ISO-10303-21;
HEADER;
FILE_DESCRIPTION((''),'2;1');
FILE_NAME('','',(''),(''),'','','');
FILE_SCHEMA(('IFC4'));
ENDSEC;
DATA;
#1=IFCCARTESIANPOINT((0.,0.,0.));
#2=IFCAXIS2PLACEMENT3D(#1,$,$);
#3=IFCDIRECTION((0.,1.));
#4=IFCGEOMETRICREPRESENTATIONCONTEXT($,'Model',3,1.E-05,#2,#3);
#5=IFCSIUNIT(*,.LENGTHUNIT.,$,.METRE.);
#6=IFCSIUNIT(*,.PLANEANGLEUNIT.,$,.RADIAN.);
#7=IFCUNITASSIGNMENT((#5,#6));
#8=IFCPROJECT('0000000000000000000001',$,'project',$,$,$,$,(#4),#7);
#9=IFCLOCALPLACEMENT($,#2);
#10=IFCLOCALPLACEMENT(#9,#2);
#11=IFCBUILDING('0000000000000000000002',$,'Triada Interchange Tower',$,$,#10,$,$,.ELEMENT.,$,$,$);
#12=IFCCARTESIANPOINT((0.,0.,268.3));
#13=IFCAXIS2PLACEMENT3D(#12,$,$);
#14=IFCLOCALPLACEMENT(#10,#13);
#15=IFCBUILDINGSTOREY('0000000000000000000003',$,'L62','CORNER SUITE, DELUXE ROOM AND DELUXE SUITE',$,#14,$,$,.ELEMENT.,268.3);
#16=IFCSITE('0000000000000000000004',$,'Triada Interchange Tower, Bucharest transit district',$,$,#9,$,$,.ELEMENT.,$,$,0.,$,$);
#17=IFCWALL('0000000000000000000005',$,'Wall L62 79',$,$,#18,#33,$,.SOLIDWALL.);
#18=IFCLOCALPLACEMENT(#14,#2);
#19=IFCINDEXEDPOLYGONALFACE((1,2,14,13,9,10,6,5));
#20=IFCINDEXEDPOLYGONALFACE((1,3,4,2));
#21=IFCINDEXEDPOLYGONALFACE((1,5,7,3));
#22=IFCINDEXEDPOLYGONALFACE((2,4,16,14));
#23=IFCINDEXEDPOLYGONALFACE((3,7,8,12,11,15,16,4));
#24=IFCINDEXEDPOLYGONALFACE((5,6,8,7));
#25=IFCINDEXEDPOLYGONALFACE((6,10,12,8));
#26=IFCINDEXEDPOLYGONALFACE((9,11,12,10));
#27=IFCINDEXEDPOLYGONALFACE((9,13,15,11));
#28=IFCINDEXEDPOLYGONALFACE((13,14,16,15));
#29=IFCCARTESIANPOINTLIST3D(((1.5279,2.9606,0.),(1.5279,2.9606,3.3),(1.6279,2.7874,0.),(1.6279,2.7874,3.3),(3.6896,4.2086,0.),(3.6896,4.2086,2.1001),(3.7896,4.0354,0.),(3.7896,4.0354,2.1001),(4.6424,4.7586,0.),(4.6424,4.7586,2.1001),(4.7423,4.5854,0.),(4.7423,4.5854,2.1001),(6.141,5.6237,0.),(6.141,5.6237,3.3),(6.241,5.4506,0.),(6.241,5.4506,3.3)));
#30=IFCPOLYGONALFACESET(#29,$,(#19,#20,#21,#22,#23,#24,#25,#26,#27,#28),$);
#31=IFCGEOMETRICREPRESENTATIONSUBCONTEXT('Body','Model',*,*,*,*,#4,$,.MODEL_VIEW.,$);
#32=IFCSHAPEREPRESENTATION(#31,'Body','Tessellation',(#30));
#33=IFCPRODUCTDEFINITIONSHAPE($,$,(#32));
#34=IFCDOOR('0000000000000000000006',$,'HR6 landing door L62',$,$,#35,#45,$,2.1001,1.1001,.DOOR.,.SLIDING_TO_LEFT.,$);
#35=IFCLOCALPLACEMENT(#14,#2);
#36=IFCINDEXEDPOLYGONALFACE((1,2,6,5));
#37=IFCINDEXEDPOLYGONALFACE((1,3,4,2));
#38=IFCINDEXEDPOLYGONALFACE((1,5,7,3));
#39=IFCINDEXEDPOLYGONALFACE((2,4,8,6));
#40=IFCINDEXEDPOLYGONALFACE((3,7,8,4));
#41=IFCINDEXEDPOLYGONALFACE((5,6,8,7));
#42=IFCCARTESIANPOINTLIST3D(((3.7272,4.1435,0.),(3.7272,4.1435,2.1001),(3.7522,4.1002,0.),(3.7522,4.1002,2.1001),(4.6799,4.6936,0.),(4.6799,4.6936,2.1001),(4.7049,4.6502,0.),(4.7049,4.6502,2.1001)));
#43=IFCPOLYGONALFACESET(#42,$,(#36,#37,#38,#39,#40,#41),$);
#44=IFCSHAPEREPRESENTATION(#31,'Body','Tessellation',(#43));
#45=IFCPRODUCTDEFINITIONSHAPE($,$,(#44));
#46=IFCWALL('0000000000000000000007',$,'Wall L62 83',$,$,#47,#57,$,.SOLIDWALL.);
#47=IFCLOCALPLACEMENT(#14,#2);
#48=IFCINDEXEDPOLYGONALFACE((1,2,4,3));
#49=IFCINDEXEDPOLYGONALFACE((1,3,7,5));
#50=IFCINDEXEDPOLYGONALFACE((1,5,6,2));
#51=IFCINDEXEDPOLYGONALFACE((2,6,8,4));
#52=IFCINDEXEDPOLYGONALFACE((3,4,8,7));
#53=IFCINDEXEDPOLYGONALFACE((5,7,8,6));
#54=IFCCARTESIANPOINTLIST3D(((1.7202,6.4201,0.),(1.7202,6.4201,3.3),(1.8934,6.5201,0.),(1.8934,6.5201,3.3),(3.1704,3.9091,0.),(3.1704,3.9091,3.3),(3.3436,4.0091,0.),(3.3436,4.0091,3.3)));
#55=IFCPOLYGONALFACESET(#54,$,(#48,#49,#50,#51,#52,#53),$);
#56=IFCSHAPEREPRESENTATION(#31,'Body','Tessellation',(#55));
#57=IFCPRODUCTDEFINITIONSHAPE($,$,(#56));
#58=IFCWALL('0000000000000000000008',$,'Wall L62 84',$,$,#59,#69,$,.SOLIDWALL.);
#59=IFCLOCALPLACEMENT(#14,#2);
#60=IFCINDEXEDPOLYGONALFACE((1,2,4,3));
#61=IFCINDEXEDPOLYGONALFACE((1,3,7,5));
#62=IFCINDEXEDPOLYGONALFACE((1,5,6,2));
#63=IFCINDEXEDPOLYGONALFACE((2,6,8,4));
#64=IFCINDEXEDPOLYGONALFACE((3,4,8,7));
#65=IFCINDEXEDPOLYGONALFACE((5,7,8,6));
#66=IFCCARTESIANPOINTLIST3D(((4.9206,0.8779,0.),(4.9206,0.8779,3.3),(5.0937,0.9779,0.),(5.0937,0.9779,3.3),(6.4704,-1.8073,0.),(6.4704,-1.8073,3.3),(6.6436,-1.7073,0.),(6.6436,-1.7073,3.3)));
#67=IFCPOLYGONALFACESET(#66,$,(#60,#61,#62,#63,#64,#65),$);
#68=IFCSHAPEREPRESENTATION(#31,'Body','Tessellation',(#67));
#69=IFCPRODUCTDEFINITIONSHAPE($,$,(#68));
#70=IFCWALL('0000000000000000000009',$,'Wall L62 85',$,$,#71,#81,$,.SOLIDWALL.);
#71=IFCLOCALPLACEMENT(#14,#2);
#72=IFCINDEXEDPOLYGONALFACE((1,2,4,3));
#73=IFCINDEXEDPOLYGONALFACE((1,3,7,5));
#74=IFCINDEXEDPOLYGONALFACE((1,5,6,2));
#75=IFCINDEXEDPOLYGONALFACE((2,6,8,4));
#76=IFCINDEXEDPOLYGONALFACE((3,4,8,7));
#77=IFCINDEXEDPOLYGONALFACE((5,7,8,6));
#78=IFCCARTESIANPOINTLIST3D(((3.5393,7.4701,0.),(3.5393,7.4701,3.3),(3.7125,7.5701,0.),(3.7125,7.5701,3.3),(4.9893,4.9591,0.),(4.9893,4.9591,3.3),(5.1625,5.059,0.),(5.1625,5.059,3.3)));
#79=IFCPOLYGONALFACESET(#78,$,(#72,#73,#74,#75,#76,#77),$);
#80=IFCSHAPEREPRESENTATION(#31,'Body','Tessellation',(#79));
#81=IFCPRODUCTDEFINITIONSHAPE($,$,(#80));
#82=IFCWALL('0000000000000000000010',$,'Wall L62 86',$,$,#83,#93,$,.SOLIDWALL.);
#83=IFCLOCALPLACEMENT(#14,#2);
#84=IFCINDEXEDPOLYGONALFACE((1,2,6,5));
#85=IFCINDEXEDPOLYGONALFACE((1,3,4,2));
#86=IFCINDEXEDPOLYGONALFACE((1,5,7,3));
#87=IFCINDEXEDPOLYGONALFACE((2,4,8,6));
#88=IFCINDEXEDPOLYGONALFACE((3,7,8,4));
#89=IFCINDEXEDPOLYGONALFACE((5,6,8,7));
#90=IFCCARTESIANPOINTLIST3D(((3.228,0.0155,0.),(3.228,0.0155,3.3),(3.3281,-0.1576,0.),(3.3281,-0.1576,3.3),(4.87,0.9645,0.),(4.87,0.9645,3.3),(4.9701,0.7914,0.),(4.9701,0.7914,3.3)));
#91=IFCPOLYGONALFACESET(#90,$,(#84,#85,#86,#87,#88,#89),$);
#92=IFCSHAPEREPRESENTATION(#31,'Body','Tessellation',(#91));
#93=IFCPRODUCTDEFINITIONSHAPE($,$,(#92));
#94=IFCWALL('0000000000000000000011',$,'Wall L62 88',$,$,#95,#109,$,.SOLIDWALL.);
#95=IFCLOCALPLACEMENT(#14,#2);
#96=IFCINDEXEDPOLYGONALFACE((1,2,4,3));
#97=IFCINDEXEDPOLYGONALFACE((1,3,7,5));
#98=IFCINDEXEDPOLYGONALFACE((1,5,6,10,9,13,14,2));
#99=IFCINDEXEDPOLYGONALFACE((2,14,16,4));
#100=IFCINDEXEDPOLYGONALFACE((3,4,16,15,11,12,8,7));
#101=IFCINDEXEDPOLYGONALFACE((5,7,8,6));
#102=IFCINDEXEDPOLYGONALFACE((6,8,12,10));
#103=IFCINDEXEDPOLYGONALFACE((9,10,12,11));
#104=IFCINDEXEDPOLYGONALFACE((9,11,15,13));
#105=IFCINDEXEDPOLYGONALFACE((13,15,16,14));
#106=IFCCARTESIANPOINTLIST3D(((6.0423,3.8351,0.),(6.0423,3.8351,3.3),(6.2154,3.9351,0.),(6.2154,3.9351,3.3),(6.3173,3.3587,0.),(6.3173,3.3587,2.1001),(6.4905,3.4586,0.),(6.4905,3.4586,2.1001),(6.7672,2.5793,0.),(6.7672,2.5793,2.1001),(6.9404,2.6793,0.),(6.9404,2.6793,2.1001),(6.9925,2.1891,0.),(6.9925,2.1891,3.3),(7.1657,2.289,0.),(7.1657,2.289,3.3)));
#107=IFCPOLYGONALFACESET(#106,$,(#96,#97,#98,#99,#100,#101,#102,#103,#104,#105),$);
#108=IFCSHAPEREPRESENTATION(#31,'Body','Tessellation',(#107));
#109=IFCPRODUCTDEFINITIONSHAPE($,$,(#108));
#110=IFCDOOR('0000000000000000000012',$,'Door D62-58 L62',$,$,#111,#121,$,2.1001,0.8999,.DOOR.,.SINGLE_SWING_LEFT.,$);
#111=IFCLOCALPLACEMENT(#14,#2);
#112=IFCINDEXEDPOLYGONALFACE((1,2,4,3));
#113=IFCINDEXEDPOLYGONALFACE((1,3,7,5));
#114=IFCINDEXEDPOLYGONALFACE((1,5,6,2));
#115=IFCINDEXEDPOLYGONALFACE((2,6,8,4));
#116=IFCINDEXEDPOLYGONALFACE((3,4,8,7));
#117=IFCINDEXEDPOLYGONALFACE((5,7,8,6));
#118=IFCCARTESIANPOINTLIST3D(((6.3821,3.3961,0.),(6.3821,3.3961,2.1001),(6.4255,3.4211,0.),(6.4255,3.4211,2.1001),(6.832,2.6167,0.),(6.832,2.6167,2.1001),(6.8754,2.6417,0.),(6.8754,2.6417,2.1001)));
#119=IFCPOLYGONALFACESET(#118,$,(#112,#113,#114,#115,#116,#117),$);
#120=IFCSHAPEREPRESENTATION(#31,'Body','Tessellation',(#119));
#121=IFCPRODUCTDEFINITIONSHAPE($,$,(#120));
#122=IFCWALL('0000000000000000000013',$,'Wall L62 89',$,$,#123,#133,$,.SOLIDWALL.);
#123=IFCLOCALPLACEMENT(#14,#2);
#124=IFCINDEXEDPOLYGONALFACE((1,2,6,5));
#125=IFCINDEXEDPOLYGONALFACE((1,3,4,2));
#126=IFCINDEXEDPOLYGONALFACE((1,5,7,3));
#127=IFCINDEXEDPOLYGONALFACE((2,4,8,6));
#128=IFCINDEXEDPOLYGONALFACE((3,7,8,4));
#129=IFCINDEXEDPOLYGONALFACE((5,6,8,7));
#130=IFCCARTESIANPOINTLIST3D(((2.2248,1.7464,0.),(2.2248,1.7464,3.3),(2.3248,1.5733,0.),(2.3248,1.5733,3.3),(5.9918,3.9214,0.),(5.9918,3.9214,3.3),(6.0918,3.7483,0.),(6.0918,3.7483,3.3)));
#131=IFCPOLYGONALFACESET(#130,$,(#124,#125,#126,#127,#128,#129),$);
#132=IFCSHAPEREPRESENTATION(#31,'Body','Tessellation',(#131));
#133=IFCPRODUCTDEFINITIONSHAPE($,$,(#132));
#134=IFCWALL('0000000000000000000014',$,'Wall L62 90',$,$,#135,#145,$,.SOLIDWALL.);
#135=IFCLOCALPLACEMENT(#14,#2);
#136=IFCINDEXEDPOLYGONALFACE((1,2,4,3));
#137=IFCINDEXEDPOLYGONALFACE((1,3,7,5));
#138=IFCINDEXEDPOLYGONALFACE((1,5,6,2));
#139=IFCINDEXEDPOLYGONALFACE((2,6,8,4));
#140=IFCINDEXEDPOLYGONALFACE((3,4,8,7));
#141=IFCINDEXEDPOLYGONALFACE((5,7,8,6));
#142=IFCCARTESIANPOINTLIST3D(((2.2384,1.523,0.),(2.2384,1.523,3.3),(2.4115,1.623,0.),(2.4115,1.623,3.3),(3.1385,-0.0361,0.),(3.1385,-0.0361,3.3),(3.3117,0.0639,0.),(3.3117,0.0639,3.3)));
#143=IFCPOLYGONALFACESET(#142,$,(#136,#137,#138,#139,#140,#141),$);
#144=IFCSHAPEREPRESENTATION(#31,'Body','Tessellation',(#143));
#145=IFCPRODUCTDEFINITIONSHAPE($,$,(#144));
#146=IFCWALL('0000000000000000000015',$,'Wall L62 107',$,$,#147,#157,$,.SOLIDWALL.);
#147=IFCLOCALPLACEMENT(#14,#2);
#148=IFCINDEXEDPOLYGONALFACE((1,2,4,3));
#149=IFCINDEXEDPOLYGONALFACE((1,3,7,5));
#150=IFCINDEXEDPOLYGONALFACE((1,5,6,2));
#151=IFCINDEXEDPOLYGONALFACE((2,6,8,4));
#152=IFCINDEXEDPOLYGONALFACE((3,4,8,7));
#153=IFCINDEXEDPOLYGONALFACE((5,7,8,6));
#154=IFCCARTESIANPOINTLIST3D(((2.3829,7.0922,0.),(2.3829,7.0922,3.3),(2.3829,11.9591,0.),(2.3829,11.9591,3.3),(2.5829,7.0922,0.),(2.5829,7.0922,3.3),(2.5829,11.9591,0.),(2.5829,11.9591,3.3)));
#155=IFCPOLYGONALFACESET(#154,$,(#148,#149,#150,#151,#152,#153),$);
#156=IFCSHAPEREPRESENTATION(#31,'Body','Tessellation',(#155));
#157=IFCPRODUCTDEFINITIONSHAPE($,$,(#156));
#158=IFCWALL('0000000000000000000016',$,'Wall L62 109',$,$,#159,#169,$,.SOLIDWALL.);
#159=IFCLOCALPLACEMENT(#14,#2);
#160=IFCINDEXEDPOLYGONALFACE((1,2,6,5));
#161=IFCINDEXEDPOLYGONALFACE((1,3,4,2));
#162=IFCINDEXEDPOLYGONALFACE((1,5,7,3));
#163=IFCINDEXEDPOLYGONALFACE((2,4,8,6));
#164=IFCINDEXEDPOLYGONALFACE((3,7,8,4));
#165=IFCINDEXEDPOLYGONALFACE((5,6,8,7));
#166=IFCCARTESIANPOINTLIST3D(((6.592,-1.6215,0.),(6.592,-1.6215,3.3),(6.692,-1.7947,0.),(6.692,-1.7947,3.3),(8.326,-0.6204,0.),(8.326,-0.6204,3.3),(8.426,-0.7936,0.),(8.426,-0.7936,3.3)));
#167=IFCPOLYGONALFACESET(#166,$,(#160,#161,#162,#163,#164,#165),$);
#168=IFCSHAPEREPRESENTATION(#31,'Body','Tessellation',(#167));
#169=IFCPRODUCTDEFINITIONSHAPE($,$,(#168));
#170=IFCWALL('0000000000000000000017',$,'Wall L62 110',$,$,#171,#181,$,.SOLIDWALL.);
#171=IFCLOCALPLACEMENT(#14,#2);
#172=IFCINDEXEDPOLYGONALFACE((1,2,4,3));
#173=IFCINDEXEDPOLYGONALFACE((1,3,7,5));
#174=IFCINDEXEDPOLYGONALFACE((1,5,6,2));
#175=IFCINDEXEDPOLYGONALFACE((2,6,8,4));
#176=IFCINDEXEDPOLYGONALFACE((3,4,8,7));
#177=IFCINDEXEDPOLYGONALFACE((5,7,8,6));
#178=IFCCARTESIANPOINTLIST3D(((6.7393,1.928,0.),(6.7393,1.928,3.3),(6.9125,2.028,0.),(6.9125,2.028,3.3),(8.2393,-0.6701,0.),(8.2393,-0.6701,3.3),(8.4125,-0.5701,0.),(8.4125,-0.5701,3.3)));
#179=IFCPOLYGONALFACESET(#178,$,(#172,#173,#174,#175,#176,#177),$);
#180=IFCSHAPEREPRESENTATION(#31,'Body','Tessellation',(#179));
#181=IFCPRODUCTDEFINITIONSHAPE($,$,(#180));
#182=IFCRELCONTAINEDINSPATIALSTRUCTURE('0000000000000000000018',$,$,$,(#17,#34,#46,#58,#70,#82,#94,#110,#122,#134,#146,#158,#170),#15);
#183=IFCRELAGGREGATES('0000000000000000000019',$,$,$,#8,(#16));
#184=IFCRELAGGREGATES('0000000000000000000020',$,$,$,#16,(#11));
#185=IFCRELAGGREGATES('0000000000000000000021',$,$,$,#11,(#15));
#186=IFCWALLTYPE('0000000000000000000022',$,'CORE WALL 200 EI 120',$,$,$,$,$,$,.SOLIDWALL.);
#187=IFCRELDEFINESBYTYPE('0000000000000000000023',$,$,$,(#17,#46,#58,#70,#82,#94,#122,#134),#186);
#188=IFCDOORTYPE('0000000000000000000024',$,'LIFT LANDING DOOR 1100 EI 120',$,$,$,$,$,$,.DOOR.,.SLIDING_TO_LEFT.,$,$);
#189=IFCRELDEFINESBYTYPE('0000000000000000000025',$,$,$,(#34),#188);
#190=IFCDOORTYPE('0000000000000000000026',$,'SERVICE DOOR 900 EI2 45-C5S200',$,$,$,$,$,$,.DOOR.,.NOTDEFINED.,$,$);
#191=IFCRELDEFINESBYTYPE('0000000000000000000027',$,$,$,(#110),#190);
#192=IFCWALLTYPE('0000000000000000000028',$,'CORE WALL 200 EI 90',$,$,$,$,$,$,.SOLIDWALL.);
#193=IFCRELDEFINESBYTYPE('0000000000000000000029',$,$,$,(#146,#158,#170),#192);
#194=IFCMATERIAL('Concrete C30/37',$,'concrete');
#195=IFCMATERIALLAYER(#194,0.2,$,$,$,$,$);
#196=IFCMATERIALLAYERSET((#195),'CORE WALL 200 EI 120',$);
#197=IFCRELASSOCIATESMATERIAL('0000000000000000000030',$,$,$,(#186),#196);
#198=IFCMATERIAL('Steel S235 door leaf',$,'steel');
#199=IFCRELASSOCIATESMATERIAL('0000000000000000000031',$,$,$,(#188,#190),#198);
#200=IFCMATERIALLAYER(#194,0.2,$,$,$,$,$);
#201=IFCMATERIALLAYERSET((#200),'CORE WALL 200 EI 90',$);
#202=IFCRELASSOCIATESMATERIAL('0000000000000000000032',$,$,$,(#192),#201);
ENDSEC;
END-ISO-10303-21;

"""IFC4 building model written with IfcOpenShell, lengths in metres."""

from ifc_helpers import new_model, si_unit, direction, frame, frame_2d, origin, place, context, subcontext, project, spatial, rectangle, extrude, material, layer, layer_set, type_object, element, fill, save


model = new_model("IFC4")

# Units and contexts
model_context = context("Model", 3, precision=1e-05, world=origin(), true_north=direction((0.0, 1.0)))
body_context = subcontext(model_context, "Body", "Model", "MODEL_VIEW")
ifc_project = project(units=[si_unit("LENGTHUNIT", "METRE"), si_unit("PLANEANGLEUNIT", "RADIAN")], contexts=[model_context])

# Site, building, storey
site_placement = place(None, origin())
site = spatial("IfcSite", under=ifc_project, at=site_placement, Name="Triada Interchange Tower, Bucharest transit district", CompositionType="ELEMENT", RefElevation=0.0)
building_placement = place(site_placement, origin())
building = spatial("IfcBuilding", under=site, at=building_placement, Name="Triada Interchange Tower", CompositionType="ELEMENT")
storey_placement = place(building_placement, frame((0.0, 0.0, 268.3)))
storey = spatial("IfcBuildingStorey", under=building, at=storey_placement, Name="L62", Description="CORNER SUITE, DELUXE ROOM AND DELUXE SUITE", CompositionType="ELEMENT", Elevation=268.3)

# Shared definitions
ifc_material_1 = material(Name="Concrete C30/37", Category="concrete")
ifc_layer_1 = layer(ifc_material_1, 0.2)
ifc_layer_set_1 = layer_set([ifc_layer_1], Name="CORE WALL 200 EI 120")
wall_type_1 = type_object("IfcWallType", Name="CORE WALL 200 EI 120", PredefinedType="SOLIDWALL", material=ifc_layer_set_1)
ifc_material_2 = material(Name="Steel S235 door leaf", Category="steel")
door_type_1 = type_object("IfcDoorType", Name="LIFT LANDING DOOR 1100 EI 120", OperationType="SLIDING_TO_LEFT", PredefinedType="DOOR", material=ifc_material_2)

# Wall, opening, door
wall_1_placement = place(storey_placement, frame((1.5779, 2.874, 0.0), z_axis=(0.0, 0.0, 1.0), x_axis=(0.866046, 0.499964, 0.0)))
wall_1 = element("IfcWall", 1, at=wall_1_placement, inside=storey, type_object=wall_type_1, Name="Wall L62 79", PredefinedType="SOLIDWALL", context=body_context, shape_type="SweptSolid", body=[
    extrude(rectangle(XDim=5.3267, YDim=0.2, at=frame_2d((2.6633, 0.0))), origin(), (0.0, 0.0, 1.0), 3.3),
])
opening_1_placement = place(wall_1_placement, frame((2.4961, 0.0, 0.0)))
opening_1 = element("IfcOpeningElement", 2, at=opening_1_placement, cuts=wall_1, PredefinedType="OPENING", context=body_context, shape_type="SweptSolid", body=[
    extrude(rectangle(XDim=1.1001, YDim=2.1001, at=frame_2d((0.55, 1.05))), frame((0.0, 0.1099, 0.0), z_axis=(0.0, -1.0, 0.0), x_axis=(1.0, 0.0, 0.0)), (0.0, 0.0, 1.0), 0.22),
])
door_1_placement = place(opening_1_placement, origin())
door_1 = element("IfcDoor", 3, at=door_1_placement, inside=storey, type_object=door_type_1, Name="HR6 landing door L62", OperationType="SLIDING_TO_LEFT", OverallHeight=2.1001, OverallWidth=1.1001, PredefinedType="DOOR", context=body_context, shape_type="SweptSolid", body=[
    extrude(rectangle(XDim=1.1001, YDim=2.1001, at=frame_2d((0.55, 1.05))), frame((0.0, 0.0249, 0.0), z_axis=(0.0, -1.0, 0.0), x_axis=(1.0, 0.0, 0.0)), (0.0, 0.0, 1.0), 0.05),
])
fill(opening_1, door_1)

# Walls
wall_2_placement = place(storey_placement, frame((1.8069, 6.47, 0.0), z_axis=(0.0, 0.0, 1.0), x_axis=(0.500123, -0.865954, 0.0)))
element("IfcWall", 4, at=wall_2_placement, inside=storey, type_object=wall_type_1, Name="Wall L62 83", PredefinedType="SOLIDWALL", context=body_context, shape_type="SweptSolid", body=[
    extrude(rectangle(XDim=2.8997, YDim=0.2, at=frame_2d((1.4497, 0.0))), origin(), (0.0, 0.0, 1.0), 3.3),
])
wall_3_placement = place(storey_placement, frame((5.0071, 0.928, 0.0), z_axis=(0.0, 0.0, 1.0), x_axis=(0.4999, -0.866083, 0.0)))
element("IfcWall", 5, at=wall_3_placement, inside=storey, type_object=wall_type_1, Name="Wall L62 84", PredefinedType="SOLIDWALL", context=body_context, shape_type="SweptSolid", body=[
    extrude(rectangle(XDim=3.1003, YDim=0.2, at=frame_2d((1.5503, 0.0))), origin(), (0.0, 0.0, 1.0), 3.3),
])
wall_4_placement = place(storey_placement, frame((3.626, 7.52, 0.0), z_axis=(0.0, 0.0, 1.0), x_axis=(0.50006, -0.865991, 0.0)))
element("IfcWall", 6, at=wall_4_placement, inside=storey, type_object=wall_type_1, Name="Wall L62 85", PredefinedType="SOLIDWALL", context=body_context, shape_type="SweptSolid", body=[
    extrude(rectangle(XDim=2.8997, YDim=0.2, at=frame_2d((1.4497, 0.0))), origin(), (0.0, 0.0, 1.0), 3.3),
])
wall_5_placement = place(storey_placement, frame((3.2781, -0.071, 0.0), z_axis=(0.0, 0.0, 1.0), x_axis=(0.865785, 0.500417, 0.0)))
element("IfcWall", 7, at=wall_5_placement, inside=storey, type_object=wall_type_1, Name="Wall L62 86", PredefinedType="SOLIDWALL", context=body_context, shape_type="SweptSolid", body=[
    extrude(rectangle(XDim=1.8965, YDim=0.2, at=frame_2d((0.9482, 0.0))), origin(), (0.0, 0.0, 1.0), 3.3),
])

# Wall, opening, door
wall_6_placement = place(storey_placement, frame((6.1289, 3.885, 0.0), z_axis=(0.0, 0.0, 1.0), x_axis=(0.499952, -0.866053, 0.0)))
wall_6 = element("IfcWall", 8, at=wall_6_placement, inside=storey, type_object=wall_type_1, Name="Wall L62 88", PredefinedType="SOLIDWALL", context=body_context, shape_type="SweptSolid", body=[
    extrude(rectangle(XDim=1.9006, YDim=0.2, at=frame_2d((0.9502, 0.0))), origin(), (0.0, 0.0, 1.0), 3.3),
])
opening_2_placement = place(wall_6_placement, frame((0.55, 0.0, 0.0)))
opening_2 = element("IfcOpeningElement", 9, at=opening_2_placement, cuts=wall_6, PredefinedType="OPENING", context=body_context, shape_type="SweptSolid", body=[
    extrude(rectangle(XDim=0.8999, YDim=2.1001, at=frame_2d((0.45, 1.05))), frame((0.0, 0.1099, 0.0), z_axis=(0.0, -1.0, 0.0), x_axis=(1.0, 0.0, 0.0)), (0.0, 0.0, 1.0), 0.22),
])
door_type_2 = type_object("IfcDoorType", Name="SERVICE DOOR 900 EI2 45-C5S200", OperationType="NOTDEFINED", PredefinedType="DOOR", material=ifc_material_2)
door_2_placement = place(opening_2_placement, origin())
door_2 = element("IfcDoor", 10, at=door_2_placement, inside=storey, type_object=door_type_2, Name="Door D62-58 L62", OperationType="SINGLE_SWING_LEFT", OverallHeight=2.1001, OverallWidth=0.8999, PredefinedType="DOOR", context=body_context, shape_type="SweptSolid", body=[
    extrude(rectangle(XDim=0.8999, YDim=2.1001, at=frame_2d((0.45, 1.05))), frame((0.0, 0.0249, 0.0), z_axis=(0.0, -1.0, 0.0), x_axis=(1.0, 0.0, 0.0)), (0.0, 0.0, 1.0), 0.05),
])
fill(opening_2, door_2)

# Walls
wall_7_placement = place(storey_placement, frame((2.2749, 1.6599, 0.0), z_axis=(0.0, 0.0, 1.0), x_axis=(0.866014, 0.50002, 0.0)))
element("IfcWall", 11, at=wall_7_placement, inside=storey, type_object=wall_type_1, Name="Wall L62 89", PredefinedType="SOLIDWALL", context=body_context, shape_type="SweptSolid", body=[
    extrude(rectangle(XDim=4.3499, YDim=0.2, at=frame_2d((2.1748, 0.0))), origin(), (0.0, 0.0, 1.0), 3.3),
])
wall_8_placement = place(storey_placement, frame((2.325, 1.573, 0.0), z_axis=(0.0, 0.0, 1.0), x_axis=(0.500004, -0.866023, 0.0)))
element("IfcWall", 12, at=wall_8_placement, inside=storey, type_object=wall_type_1, Name="Wall L62 90", PredefinedType="SOLIDWALL", context=body_context, shape_type="SweptSolid", body=[
    extrude(rectangle(XDim=1.8003, YDim=0.2, at=frame_2d((0.9001, 0.0))), origin(), (0.0, 0.0, 1.0), 3.3),
])
ifc_layer_2 = layer(ifc_material_1, 0.2)
ifc_layer_set_2 = layer_set([ifc_layer_2], Name="CORE WALL 200 EI 90")
wall_type_2 = type_object("IfcWallType", Name="CORE WALL 200 EI 90", PredefinedType="SOLIDWALL", material=ifc_layer_set_2)
wall_9_placement = place(storey_placement, frame((2.4829, 7.092, 0.0), z_axis=(0.0, 0.0, 1.0), x_axis=(0.0, 1.0, 0.0)))
element("IfcWall", 13, at=wall_9_placement, inside=storey, type_object=wall_type_2, Name="Wall L62 107", PredefinedType="SOLIDWALL", context=body_context, shape_type="SweptSolid", body=[
    extrude(rectangle(XDim=4.8669, YDim=0.2, at=frame_2d((2.4336, 0.0))), origin(), (0.0, 0.0, 1.0), 3.3),
])
wall_10_placement = place(storey_placement, frame((6.6421, -1.708, 0.0), z_axis=(0.0, 0.0, 1.0), x_axis=(0.866043, 0.499969, 0.0)))
element("IfcWall", 14, at=wall_10_placement, inside=storey, type_object=wall_type_2, Name="Wall L62 109", PredefinedType="SOLIDWALL", context=body_context, shape_type="SweptSolid", body=[
    extrude(rectangle(XDim=2.0022, YDim=0.2, at=frame_2d((1.001, 0.0))), origin(), (0.0, 0.0, 1.0), 3.3),
])
wall_11_placement = place(storey_placement, frame((6.8259, 1.978, 0.0), z_axis=(0.0, 0.0, 1.0), x_axis=(0.49999, -0.866031, 0.0)))
element("IfcWall", 15, at=wall_11_placement, inside=storey, type_object=wall_type_2, Name="Wall L62 110", PredefinedType="SOLIDWALL", context=body_context, shape_type="SweptSolid", body=[
    extrude(rectangle(XDim=3.0, YDim=0.2, at=frame_2d((1.5, 0.0))), origin(), (0.0, 0.0, 1.0), 3.3),
])

save(model, "model.ifc")
